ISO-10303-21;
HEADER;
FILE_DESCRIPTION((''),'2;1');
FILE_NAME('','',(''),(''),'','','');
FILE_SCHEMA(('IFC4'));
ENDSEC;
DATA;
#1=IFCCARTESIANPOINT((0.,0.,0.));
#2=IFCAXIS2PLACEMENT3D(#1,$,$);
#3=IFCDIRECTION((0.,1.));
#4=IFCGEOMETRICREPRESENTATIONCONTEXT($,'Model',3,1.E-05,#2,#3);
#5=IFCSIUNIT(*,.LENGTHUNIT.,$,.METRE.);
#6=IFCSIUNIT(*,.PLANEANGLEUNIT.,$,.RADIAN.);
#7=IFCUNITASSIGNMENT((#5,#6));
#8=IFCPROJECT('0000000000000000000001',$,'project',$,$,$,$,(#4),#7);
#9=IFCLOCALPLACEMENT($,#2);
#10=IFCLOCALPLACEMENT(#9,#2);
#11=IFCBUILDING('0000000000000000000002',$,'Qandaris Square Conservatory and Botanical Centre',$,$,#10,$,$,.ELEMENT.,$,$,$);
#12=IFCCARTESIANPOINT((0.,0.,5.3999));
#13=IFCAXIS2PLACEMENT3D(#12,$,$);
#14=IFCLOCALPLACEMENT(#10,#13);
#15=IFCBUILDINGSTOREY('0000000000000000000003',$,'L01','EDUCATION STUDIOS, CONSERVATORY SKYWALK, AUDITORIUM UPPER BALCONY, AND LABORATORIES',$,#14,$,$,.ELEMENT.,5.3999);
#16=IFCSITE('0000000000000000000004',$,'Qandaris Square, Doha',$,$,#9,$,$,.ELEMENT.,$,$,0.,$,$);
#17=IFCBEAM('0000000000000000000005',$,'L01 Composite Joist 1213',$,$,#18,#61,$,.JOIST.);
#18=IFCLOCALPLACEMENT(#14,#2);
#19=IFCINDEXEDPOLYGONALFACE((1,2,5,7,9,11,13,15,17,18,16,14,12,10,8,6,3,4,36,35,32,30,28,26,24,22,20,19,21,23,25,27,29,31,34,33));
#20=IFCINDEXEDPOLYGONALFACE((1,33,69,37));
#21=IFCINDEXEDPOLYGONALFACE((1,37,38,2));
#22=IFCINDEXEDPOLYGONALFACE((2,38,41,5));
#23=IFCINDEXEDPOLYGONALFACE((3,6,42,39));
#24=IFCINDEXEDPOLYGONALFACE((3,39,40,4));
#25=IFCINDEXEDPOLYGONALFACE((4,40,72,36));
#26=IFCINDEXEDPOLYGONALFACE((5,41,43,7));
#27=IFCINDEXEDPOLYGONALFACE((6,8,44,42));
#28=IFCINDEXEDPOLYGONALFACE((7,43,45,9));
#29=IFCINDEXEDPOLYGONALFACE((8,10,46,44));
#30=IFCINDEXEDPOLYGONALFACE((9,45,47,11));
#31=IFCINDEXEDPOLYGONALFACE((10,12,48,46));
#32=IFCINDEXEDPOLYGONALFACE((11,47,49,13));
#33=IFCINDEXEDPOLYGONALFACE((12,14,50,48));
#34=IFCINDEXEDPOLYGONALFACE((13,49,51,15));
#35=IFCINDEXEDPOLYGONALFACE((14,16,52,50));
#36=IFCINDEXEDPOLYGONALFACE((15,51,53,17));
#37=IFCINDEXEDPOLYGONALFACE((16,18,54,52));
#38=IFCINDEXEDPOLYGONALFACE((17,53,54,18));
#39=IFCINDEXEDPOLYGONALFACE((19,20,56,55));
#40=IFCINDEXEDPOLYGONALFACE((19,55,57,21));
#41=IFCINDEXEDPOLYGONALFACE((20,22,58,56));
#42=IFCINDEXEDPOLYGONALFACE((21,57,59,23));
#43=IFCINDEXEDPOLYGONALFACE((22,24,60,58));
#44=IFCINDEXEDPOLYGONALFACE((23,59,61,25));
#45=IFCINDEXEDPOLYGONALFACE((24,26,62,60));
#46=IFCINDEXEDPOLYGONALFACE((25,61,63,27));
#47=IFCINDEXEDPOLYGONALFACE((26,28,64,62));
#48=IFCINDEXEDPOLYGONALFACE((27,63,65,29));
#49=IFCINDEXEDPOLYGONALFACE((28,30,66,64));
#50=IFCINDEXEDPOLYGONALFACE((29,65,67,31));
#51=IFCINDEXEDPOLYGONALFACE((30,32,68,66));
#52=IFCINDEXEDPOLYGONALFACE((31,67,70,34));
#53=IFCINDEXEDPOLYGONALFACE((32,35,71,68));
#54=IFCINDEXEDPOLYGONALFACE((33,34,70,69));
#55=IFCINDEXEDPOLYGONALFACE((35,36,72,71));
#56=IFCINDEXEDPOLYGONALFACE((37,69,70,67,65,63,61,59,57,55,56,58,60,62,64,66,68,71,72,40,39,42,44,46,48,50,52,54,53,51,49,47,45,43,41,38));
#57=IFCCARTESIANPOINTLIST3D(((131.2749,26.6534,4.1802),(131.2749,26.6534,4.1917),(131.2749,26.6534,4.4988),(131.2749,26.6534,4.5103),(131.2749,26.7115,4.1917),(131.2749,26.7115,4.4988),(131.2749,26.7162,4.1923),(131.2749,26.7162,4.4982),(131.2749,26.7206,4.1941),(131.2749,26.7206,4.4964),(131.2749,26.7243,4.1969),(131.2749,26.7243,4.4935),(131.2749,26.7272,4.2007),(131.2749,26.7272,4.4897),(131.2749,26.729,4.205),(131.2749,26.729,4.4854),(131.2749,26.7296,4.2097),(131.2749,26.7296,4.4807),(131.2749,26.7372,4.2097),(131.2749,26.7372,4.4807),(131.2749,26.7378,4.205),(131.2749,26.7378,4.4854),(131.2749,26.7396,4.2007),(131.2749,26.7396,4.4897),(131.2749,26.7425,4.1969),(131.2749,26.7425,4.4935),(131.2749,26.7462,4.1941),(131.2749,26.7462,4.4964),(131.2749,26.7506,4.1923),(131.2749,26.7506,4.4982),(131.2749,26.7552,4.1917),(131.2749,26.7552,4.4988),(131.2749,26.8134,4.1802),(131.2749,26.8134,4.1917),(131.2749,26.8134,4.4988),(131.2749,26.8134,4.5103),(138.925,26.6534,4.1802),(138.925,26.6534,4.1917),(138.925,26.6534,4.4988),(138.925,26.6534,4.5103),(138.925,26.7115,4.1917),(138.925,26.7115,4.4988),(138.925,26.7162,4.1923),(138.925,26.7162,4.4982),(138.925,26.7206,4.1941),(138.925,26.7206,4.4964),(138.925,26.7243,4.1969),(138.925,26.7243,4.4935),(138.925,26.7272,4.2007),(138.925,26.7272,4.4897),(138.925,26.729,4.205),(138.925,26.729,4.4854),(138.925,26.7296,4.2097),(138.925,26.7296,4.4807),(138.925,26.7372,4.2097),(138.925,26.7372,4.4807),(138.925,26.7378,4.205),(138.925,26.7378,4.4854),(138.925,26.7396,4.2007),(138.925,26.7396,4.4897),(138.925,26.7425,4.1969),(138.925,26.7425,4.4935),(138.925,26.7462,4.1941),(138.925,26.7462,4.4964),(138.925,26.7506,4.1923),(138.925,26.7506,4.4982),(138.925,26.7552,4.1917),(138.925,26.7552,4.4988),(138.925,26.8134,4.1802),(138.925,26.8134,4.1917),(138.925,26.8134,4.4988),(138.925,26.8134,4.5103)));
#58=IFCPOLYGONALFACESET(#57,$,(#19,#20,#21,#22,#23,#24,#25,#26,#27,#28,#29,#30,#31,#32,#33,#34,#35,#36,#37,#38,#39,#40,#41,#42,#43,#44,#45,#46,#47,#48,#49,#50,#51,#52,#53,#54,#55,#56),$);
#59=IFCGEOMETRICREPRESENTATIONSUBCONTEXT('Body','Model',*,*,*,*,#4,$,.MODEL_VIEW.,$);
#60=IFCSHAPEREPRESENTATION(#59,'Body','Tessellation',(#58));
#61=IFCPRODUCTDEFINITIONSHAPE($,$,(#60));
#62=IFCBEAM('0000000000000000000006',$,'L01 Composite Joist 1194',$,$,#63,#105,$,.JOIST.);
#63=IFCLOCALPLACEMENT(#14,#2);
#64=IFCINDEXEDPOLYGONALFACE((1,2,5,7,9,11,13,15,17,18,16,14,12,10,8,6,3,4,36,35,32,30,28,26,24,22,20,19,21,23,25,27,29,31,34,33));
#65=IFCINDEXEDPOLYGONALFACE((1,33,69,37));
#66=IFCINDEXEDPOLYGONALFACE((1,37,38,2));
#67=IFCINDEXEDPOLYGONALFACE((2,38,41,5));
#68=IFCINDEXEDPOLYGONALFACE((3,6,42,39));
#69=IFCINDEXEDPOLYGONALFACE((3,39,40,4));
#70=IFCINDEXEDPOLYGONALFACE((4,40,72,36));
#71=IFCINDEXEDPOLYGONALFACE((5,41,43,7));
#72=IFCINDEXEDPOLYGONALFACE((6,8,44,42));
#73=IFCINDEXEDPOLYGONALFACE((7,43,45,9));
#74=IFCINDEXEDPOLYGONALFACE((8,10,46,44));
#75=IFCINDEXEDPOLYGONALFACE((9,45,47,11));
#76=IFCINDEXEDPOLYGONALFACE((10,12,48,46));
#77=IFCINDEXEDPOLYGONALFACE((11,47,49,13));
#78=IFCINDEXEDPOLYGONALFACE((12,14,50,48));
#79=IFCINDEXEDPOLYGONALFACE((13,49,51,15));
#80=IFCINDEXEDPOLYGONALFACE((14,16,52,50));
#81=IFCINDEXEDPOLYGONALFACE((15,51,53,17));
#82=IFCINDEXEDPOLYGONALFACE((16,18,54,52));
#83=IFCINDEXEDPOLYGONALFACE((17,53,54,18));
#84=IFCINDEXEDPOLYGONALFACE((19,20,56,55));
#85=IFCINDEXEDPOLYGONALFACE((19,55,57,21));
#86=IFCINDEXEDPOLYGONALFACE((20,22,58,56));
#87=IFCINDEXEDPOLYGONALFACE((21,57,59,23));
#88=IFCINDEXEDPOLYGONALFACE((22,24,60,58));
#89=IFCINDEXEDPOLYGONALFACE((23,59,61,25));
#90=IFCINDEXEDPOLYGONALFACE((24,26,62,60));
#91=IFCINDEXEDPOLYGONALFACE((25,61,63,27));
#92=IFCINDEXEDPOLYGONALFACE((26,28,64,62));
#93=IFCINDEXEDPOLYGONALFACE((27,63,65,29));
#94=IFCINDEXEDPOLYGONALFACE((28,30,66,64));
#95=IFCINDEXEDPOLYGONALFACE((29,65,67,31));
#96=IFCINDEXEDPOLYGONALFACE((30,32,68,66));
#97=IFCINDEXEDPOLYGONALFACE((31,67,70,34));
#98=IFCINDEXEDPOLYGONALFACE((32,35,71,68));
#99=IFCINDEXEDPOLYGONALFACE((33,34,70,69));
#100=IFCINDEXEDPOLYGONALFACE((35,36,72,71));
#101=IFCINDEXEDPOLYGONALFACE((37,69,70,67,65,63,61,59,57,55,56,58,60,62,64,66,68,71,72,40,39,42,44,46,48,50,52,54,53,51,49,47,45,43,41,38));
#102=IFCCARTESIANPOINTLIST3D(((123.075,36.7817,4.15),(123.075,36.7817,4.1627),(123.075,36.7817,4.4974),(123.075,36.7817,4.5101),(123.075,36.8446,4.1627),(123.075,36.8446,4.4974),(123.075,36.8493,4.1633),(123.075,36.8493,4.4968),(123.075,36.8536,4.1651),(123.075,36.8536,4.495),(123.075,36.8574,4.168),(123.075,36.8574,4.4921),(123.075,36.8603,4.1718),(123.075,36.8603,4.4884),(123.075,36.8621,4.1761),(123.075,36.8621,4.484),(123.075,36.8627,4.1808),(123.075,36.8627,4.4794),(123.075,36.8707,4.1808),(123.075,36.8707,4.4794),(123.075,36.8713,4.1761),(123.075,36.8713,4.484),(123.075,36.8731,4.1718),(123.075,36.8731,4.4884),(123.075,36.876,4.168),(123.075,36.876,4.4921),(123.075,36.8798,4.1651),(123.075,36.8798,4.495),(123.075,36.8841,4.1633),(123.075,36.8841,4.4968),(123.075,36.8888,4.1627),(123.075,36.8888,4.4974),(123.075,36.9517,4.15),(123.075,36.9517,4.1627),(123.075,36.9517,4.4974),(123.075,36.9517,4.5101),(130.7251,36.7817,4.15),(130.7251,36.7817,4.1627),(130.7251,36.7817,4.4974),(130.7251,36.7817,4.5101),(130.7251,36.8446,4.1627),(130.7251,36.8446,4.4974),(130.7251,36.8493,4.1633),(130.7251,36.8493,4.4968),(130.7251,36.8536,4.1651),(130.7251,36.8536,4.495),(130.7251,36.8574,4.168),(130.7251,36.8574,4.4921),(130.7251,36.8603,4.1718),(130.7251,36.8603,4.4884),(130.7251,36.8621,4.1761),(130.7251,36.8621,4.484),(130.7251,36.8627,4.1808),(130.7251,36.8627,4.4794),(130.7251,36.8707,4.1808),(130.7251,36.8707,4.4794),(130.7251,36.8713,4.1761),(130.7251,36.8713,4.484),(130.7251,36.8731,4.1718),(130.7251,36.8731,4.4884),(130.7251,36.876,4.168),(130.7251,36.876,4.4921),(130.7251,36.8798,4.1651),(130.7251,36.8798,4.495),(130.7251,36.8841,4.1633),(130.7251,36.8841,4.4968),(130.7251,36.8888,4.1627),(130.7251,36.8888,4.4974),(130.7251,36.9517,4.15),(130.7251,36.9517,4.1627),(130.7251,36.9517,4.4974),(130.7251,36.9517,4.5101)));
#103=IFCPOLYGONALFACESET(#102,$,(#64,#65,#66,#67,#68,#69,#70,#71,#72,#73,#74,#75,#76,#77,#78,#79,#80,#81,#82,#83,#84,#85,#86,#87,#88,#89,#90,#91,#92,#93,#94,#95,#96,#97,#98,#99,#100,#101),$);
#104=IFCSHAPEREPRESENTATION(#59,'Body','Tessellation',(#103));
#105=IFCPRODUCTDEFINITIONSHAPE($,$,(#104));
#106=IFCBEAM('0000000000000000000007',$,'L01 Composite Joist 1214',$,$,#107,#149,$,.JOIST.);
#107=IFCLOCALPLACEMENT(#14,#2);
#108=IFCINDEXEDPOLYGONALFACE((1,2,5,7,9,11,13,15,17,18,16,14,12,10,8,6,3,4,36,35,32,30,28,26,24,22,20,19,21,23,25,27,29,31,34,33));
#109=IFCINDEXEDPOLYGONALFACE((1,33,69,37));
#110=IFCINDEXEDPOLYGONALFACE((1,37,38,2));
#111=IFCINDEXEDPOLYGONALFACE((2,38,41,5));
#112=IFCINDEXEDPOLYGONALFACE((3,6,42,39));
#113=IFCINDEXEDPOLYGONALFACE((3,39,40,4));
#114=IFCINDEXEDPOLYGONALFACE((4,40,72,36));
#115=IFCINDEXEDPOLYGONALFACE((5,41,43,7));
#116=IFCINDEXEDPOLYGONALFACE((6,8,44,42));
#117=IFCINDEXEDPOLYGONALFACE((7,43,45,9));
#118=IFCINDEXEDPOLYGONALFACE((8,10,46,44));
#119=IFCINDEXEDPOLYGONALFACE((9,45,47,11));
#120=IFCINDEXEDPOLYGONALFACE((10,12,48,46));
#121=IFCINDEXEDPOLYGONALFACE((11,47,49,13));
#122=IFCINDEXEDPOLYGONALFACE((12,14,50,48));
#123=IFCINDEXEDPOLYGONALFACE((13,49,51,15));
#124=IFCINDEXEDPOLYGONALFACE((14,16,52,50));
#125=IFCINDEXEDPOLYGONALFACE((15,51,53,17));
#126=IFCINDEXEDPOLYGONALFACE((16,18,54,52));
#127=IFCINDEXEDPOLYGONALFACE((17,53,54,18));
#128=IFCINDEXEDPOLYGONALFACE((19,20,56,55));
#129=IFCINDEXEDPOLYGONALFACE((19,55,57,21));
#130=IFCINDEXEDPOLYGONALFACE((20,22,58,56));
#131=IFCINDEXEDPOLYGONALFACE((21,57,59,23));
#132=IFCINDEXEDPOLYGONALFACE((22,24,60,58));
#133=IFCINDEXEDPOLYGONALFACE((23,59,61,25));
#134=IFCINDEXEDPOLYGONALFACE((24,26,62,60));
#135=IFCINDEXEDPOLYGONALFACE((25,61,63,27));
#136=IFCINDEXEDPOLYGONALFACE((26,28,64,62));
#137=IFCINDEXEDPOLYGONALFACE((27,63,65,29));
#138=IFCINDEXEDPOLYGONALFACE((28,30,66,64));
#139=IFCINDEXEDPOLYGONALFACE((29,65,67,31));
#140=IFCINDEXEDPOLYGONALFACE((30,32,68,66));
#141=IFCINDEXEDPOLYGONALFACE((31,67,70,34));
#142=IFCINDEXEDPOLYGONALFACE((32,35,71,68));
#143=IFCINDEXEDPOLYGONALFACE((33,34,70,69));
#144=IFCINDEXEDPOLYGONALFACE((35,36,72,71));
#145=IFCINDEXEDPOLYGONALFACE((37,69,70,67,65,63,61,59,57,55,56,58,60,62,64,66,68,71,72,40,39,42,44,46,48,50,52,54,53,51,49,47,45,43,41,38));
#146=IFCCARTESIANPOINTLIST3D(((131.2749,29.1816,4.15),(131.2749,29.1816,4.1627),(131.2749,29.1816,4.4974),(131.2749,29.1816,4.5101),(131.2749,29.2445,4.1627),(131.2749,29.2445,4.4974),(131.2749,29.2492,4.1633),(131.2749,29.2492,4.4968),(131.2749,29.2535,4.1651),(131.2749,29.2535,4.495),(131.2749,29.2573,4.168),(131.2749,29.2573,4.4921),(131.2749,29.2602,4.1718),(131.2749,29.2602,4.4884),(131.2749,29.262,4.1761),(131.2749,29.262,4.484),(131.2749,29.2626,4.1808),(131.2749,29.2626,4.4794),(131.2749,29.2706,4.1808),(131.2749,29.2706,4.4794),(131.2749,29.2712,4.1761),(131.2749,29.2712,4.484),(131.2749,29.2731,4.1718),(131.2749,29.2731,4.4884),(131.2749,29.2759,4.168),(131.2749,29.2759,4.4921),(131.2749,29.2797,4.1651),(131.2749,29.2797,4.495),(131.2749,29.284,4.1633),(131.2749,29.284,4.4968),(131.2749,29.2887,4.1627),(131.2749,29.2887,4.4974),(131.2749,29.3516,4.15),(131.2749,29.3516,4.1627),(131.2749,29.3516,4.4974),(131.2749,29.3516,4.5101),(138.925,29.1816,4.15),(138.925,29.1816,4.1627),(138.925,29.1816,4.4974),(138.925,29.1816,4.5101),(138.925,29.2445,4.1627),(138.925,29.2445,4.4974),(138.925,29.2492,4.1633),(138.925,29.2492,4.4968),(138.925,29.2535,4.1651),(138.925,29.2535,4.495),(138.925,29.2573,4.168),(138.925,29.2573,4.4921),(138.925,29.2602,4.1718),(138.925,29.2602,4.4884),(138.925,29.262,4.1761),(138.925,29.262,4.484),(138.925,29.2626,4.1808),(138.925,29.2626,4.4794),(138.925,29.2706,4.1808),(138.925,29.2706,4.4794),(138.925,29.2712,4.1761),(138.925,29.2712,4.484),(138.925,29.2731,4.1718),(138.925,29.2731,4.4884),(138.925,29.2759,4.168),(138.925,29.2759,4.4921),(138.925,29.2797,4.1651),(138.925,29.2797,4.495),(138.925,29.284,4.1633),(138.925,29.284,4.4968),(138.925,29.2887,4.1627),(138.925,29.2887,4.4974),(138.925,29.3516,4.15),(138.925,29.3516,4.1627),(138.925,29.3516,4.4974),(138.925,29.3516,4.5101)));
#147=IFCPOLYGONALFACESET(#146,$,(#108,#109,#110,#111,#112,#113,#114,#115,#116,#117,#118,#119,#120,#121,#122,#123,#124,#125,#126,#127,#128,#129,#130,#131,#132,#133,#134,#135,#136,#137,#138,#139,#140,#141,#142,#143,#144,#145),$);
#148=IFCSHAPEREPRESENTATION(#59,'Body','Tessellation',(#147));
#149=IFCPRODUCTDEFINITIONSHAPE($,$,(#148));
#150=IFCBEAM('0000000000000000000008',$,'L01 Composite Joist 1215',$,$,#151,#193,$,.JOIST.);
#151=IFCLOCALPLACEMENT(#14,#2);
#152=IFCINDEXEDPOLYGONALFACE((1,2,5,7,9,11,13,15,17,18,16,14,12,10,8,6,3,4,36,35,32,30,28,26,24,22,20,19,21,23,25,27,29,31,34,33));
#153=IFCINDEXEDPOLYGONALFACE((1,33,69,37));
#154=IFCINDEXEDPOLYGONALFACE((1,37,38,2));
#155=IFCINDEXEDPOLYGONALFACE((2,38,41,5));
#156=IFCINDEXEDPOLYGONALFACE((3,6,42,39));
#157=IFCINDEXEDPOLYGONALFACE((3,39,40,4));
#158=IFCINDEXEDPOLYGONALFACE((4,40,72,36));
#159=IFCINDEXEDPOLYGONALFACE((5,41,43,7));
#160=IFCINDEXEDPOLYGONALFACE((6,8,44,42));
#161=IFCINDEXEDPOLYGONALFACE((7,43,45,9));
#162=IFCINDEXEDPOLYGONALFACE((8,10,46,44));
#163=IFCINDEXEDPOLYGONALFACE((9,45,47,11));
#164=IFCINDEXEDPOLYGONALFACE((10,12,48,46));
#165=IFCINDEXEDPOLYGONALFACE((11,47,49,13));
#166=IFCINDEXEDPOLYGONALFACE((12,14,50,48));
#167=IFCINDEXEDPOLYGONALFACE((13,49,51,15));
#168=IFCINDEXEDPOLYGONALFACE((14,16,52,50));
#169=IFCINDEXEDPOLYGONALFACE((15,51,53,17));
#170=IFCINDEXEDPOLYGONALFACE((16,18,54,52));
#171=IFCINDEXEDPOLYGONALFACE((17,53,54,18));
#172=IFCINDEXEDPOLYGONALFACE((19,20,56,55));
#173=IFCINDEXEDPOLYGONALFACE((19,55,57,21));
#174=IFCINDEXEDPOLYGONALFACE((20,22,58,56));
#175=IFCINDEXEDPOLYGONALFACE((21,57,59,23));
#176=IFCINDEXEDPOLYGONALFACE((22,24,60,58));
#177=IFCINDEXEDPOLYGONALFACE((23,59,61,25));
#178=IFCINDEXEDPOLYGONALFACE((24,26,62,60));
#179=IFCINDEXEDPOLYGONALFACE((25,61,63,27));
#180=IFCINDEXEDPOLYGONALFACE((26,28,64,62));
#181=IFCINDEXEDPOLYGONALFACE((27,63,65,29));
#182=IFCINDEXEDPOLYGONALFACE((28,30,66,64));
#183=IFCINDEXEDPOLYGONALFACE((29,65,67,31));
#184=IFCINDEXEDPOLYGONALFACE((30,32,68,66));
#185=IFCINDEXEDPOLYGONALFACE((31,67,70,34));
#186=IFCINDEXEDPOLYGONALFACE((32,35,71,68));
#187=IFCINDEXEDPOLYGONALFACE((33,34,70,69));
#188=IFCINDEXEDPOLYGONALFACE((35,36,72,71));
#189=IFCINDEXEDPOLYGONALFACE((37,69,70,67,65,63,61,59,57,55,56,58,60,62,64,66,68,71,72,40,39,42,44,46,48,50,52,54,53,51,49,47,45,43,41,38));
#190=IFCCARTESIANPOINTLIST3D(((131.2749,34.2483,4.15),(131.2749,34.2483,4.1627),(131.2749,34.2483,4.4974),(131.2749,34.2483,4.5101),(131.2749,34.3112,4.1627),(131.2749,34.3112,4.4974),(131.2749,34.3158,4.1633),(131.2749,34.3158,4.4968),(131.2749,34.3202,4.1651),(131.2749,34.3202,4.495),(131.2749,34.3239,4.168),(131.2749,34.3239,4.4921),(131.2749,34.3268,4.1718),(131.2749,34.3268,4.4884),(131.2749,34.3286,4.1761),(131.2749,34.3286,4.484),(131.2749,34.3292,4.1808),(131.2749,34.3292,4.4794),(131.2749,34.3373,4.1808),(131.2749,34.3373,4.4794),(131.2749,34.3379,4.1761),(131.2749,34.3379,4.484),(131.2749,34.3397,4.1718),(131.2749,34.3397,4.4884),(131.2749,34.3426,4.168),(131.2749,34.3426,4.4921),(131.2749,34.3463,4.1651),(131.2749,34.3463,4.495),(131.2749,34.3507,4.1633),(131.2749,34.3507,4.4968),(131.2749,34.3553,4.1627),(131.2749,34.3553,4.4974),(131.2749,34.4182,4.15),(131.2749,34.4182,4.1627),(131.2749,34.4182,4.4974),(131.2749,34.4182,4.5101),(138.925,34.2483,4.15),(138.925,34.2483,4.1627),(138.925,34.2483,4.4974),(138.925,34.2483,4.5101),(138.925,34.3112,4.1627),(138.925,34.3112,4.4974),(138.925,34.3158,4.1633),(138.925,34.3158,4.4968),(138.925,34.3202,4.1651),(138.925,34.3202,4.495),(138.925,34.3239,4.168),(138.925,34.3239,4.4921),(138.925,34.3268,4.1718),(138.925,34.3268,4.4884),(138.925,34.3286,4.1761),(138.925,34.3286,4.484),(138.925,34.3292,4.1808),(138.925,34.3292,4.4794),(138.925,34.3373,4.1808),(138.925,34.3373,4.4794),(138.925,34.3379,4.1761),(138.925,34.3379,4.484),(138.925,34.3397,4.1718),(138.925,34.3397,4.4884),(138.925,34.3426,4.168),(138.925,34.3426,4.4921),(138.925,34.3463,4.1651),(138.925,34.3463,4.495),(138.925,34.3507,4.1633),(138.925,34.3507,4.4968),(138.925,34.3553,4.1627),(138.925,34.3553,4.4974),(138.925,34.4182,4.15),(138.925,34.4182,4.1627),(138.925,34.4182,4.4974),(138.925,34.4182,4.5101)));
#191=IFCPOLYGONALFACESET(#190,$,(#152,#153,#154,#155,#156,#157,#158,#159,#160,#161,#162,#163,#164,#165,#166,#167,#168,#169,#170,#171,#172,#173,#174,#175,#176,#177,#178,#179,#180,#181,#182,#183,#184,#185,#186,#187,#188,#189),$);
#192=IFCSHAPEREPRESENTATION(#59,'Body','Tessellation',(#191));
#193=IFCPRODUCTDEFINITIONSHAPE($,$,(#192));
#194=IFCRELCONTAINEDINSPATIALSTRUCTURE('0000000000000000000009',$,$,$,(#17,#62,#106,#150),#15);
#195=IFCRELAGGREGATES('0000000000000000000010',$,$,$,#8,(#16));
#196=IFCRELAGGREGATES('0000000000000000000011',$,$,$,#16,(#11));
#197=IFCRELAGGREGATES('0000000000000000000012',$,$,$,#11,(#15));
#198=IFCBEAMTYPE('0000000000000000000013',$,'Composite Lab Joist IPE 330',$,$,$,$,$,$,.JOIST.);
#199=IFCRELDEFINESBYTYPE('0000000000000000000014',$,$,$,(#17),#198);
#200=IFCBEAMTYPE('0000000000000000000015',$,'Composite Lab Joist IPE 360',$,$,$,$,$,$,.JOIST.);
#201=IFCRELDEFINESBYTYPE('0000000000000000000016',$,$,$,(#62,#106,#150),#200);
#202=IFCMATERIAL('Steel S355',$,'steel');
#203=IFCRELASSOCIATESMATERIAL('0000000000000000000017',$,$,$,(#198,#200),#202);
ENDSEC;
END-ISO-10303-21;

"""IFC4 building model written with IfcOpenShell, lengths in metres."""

from ifc_helpers import new_model, si_unit, direction, frame, origin, origin_2d, place, context, subcontext, project, spatial, i_section, extrude, material, material_profile, profile_set, type_object, element, save


model = new_model("IFC4")

# Units and contexts
model_context = context("Model", 3, precision=1e-05, world=origin(), true_north=direction((0.0, 1.0)))
body_context = subcontext(model_context, "Body", "Model", "MODEL_VIEW")
ifc_project = project(units=[si_unit("LENGTHUNIT", "METRE"), si_unit("PLANEANGLEUNIT", "RADIAN")], contexts=[model_context])

# Site, building, storey
site_placement = place(None, origin())
site = spatial("IfcSite", under=ifc_project, at=site_placement, Name="Qandaris Square, Doha", CompositionType="ELEMENT", RefElevation=0.0)
building_placement = place(site_placement, origin())
building = spatial("IfcBuilding", under=site, at=building_placement, Name="Qandaris Square Conservatory and Botanical Centre", CompositionType="ELEMENT")
storey_placement = place(building_placement, frame((0.0, 0.0, 5.3999)))
storey = spatial("IfcBuildingStorey", under=building, at=storey_placement, Name="L01", Description="EDUCATION STUDIOS, CONSERVATORY SKYWALK, AUDITORIUM UPPER BALCONY, AND LABORATORIES", CompositionType="ELEMENT", Elevation=5.3999)

# Beams
ifc_material_1 = material(Name="Steel S355", Category="steel")
ifc_material_profile_1 = material_profile(ifc_material_1, i_section(OverallWidth=0.1599, OverallDepth=0.3301, WebThickness=0.0076, FlangeThickness=0.0115, FilletRadius=0.0181, at=origin_2d()), Name="IPE 330")
ifc_profile_set_1 = profile_set([ifc_material_profile_1], Name="Steel S355")
beam_type_1 = type_object("IfcBeamType", Name="Composite Lab Joist IPE 330", PredefinedType="JOIST", material=ifc_profile_set_1)
for number, where, z_axis, x_axis, name in (
    (1, (131.2749, 26.7334, 4.3452), (1.0, 0.0, 0.0), (0.0, 1.0, 0.0), "L01 Composite Joist 1213"),
):
    element("IfcBeam", number, at=place(storey_placement, frame(where, z_axis=z_axis, x_axis=x_axis)), inside=storey, type_object=beam_type_1, Name=name, PredefinedType="JOIST", context=body_context, shape_type="SweptSolid", body=[
        extrude(i_section(OverallWidth=0.1599, OverallDepth=0.3301, WebThickness=0.0076, FlangeThickness=0.0115, FilletRadius=0.0181, at=origin_2d()), origin(), (0.0, 0.0, 1.0), 7.6501),
    ])
ifc_material_profile_2 = material_profile(ifc_material_1, i_section(OverallWidth=0.1699, OverallDepth=0.3601, WebThickness=0.0081, FlangeThickness=0.0127, FilletRadius=0.0181, at=origin_2d()), Name="IPE 360")
ifc_profile_set_2 = profile_set([ifc_material_profile_2], Name="Steel S355")
beam_type_2 = type_object("IfcBeamType", Name="Composite Lab Joist IPE 360", PredefinedType="JOIST", material=ifc_profile_set_2)
for number, where, z_axis, x_axis, name in (
    (2, (123.075, 36.8667, 4.3301), (1.0, 0.0, 0.0), (0.0, 1.0, 0.0), "L01 Composite Joist 1194"),
    (3, (131.2749, 29.2666, 4.3301), (1.0, 0.0, 0.0), (0.0, 1.0, 0.0), "L01 Composite Joist 1214"),
    (4, (131.2749, 34.3333, 4.3301), (1.0, 0.0, 0.0), (0.0, 1.0, 0.0), "L01 Composite Joist 1215"),
):
    element("IfcBeam", number, at=place(storey_placement, frame(where, z_axis=z_axis, x_axis=x_axis)), inside=storey, type_object=beam_type_2, Name=name, PredefinedType="JOIST", context=body_context, shape_type="SweptSolid", body=[
        extrude(i_section(OverallWidth=0.1699, OverallDepth=0.3601, WebThickness=0.0081, FlangeThickness=0.0127, FilletRadius=0.0181, at=origin_2d()), origin(), (0.0, 0.0, 1.0), 7.6501),
    ])

save(model, "model.ifc")
